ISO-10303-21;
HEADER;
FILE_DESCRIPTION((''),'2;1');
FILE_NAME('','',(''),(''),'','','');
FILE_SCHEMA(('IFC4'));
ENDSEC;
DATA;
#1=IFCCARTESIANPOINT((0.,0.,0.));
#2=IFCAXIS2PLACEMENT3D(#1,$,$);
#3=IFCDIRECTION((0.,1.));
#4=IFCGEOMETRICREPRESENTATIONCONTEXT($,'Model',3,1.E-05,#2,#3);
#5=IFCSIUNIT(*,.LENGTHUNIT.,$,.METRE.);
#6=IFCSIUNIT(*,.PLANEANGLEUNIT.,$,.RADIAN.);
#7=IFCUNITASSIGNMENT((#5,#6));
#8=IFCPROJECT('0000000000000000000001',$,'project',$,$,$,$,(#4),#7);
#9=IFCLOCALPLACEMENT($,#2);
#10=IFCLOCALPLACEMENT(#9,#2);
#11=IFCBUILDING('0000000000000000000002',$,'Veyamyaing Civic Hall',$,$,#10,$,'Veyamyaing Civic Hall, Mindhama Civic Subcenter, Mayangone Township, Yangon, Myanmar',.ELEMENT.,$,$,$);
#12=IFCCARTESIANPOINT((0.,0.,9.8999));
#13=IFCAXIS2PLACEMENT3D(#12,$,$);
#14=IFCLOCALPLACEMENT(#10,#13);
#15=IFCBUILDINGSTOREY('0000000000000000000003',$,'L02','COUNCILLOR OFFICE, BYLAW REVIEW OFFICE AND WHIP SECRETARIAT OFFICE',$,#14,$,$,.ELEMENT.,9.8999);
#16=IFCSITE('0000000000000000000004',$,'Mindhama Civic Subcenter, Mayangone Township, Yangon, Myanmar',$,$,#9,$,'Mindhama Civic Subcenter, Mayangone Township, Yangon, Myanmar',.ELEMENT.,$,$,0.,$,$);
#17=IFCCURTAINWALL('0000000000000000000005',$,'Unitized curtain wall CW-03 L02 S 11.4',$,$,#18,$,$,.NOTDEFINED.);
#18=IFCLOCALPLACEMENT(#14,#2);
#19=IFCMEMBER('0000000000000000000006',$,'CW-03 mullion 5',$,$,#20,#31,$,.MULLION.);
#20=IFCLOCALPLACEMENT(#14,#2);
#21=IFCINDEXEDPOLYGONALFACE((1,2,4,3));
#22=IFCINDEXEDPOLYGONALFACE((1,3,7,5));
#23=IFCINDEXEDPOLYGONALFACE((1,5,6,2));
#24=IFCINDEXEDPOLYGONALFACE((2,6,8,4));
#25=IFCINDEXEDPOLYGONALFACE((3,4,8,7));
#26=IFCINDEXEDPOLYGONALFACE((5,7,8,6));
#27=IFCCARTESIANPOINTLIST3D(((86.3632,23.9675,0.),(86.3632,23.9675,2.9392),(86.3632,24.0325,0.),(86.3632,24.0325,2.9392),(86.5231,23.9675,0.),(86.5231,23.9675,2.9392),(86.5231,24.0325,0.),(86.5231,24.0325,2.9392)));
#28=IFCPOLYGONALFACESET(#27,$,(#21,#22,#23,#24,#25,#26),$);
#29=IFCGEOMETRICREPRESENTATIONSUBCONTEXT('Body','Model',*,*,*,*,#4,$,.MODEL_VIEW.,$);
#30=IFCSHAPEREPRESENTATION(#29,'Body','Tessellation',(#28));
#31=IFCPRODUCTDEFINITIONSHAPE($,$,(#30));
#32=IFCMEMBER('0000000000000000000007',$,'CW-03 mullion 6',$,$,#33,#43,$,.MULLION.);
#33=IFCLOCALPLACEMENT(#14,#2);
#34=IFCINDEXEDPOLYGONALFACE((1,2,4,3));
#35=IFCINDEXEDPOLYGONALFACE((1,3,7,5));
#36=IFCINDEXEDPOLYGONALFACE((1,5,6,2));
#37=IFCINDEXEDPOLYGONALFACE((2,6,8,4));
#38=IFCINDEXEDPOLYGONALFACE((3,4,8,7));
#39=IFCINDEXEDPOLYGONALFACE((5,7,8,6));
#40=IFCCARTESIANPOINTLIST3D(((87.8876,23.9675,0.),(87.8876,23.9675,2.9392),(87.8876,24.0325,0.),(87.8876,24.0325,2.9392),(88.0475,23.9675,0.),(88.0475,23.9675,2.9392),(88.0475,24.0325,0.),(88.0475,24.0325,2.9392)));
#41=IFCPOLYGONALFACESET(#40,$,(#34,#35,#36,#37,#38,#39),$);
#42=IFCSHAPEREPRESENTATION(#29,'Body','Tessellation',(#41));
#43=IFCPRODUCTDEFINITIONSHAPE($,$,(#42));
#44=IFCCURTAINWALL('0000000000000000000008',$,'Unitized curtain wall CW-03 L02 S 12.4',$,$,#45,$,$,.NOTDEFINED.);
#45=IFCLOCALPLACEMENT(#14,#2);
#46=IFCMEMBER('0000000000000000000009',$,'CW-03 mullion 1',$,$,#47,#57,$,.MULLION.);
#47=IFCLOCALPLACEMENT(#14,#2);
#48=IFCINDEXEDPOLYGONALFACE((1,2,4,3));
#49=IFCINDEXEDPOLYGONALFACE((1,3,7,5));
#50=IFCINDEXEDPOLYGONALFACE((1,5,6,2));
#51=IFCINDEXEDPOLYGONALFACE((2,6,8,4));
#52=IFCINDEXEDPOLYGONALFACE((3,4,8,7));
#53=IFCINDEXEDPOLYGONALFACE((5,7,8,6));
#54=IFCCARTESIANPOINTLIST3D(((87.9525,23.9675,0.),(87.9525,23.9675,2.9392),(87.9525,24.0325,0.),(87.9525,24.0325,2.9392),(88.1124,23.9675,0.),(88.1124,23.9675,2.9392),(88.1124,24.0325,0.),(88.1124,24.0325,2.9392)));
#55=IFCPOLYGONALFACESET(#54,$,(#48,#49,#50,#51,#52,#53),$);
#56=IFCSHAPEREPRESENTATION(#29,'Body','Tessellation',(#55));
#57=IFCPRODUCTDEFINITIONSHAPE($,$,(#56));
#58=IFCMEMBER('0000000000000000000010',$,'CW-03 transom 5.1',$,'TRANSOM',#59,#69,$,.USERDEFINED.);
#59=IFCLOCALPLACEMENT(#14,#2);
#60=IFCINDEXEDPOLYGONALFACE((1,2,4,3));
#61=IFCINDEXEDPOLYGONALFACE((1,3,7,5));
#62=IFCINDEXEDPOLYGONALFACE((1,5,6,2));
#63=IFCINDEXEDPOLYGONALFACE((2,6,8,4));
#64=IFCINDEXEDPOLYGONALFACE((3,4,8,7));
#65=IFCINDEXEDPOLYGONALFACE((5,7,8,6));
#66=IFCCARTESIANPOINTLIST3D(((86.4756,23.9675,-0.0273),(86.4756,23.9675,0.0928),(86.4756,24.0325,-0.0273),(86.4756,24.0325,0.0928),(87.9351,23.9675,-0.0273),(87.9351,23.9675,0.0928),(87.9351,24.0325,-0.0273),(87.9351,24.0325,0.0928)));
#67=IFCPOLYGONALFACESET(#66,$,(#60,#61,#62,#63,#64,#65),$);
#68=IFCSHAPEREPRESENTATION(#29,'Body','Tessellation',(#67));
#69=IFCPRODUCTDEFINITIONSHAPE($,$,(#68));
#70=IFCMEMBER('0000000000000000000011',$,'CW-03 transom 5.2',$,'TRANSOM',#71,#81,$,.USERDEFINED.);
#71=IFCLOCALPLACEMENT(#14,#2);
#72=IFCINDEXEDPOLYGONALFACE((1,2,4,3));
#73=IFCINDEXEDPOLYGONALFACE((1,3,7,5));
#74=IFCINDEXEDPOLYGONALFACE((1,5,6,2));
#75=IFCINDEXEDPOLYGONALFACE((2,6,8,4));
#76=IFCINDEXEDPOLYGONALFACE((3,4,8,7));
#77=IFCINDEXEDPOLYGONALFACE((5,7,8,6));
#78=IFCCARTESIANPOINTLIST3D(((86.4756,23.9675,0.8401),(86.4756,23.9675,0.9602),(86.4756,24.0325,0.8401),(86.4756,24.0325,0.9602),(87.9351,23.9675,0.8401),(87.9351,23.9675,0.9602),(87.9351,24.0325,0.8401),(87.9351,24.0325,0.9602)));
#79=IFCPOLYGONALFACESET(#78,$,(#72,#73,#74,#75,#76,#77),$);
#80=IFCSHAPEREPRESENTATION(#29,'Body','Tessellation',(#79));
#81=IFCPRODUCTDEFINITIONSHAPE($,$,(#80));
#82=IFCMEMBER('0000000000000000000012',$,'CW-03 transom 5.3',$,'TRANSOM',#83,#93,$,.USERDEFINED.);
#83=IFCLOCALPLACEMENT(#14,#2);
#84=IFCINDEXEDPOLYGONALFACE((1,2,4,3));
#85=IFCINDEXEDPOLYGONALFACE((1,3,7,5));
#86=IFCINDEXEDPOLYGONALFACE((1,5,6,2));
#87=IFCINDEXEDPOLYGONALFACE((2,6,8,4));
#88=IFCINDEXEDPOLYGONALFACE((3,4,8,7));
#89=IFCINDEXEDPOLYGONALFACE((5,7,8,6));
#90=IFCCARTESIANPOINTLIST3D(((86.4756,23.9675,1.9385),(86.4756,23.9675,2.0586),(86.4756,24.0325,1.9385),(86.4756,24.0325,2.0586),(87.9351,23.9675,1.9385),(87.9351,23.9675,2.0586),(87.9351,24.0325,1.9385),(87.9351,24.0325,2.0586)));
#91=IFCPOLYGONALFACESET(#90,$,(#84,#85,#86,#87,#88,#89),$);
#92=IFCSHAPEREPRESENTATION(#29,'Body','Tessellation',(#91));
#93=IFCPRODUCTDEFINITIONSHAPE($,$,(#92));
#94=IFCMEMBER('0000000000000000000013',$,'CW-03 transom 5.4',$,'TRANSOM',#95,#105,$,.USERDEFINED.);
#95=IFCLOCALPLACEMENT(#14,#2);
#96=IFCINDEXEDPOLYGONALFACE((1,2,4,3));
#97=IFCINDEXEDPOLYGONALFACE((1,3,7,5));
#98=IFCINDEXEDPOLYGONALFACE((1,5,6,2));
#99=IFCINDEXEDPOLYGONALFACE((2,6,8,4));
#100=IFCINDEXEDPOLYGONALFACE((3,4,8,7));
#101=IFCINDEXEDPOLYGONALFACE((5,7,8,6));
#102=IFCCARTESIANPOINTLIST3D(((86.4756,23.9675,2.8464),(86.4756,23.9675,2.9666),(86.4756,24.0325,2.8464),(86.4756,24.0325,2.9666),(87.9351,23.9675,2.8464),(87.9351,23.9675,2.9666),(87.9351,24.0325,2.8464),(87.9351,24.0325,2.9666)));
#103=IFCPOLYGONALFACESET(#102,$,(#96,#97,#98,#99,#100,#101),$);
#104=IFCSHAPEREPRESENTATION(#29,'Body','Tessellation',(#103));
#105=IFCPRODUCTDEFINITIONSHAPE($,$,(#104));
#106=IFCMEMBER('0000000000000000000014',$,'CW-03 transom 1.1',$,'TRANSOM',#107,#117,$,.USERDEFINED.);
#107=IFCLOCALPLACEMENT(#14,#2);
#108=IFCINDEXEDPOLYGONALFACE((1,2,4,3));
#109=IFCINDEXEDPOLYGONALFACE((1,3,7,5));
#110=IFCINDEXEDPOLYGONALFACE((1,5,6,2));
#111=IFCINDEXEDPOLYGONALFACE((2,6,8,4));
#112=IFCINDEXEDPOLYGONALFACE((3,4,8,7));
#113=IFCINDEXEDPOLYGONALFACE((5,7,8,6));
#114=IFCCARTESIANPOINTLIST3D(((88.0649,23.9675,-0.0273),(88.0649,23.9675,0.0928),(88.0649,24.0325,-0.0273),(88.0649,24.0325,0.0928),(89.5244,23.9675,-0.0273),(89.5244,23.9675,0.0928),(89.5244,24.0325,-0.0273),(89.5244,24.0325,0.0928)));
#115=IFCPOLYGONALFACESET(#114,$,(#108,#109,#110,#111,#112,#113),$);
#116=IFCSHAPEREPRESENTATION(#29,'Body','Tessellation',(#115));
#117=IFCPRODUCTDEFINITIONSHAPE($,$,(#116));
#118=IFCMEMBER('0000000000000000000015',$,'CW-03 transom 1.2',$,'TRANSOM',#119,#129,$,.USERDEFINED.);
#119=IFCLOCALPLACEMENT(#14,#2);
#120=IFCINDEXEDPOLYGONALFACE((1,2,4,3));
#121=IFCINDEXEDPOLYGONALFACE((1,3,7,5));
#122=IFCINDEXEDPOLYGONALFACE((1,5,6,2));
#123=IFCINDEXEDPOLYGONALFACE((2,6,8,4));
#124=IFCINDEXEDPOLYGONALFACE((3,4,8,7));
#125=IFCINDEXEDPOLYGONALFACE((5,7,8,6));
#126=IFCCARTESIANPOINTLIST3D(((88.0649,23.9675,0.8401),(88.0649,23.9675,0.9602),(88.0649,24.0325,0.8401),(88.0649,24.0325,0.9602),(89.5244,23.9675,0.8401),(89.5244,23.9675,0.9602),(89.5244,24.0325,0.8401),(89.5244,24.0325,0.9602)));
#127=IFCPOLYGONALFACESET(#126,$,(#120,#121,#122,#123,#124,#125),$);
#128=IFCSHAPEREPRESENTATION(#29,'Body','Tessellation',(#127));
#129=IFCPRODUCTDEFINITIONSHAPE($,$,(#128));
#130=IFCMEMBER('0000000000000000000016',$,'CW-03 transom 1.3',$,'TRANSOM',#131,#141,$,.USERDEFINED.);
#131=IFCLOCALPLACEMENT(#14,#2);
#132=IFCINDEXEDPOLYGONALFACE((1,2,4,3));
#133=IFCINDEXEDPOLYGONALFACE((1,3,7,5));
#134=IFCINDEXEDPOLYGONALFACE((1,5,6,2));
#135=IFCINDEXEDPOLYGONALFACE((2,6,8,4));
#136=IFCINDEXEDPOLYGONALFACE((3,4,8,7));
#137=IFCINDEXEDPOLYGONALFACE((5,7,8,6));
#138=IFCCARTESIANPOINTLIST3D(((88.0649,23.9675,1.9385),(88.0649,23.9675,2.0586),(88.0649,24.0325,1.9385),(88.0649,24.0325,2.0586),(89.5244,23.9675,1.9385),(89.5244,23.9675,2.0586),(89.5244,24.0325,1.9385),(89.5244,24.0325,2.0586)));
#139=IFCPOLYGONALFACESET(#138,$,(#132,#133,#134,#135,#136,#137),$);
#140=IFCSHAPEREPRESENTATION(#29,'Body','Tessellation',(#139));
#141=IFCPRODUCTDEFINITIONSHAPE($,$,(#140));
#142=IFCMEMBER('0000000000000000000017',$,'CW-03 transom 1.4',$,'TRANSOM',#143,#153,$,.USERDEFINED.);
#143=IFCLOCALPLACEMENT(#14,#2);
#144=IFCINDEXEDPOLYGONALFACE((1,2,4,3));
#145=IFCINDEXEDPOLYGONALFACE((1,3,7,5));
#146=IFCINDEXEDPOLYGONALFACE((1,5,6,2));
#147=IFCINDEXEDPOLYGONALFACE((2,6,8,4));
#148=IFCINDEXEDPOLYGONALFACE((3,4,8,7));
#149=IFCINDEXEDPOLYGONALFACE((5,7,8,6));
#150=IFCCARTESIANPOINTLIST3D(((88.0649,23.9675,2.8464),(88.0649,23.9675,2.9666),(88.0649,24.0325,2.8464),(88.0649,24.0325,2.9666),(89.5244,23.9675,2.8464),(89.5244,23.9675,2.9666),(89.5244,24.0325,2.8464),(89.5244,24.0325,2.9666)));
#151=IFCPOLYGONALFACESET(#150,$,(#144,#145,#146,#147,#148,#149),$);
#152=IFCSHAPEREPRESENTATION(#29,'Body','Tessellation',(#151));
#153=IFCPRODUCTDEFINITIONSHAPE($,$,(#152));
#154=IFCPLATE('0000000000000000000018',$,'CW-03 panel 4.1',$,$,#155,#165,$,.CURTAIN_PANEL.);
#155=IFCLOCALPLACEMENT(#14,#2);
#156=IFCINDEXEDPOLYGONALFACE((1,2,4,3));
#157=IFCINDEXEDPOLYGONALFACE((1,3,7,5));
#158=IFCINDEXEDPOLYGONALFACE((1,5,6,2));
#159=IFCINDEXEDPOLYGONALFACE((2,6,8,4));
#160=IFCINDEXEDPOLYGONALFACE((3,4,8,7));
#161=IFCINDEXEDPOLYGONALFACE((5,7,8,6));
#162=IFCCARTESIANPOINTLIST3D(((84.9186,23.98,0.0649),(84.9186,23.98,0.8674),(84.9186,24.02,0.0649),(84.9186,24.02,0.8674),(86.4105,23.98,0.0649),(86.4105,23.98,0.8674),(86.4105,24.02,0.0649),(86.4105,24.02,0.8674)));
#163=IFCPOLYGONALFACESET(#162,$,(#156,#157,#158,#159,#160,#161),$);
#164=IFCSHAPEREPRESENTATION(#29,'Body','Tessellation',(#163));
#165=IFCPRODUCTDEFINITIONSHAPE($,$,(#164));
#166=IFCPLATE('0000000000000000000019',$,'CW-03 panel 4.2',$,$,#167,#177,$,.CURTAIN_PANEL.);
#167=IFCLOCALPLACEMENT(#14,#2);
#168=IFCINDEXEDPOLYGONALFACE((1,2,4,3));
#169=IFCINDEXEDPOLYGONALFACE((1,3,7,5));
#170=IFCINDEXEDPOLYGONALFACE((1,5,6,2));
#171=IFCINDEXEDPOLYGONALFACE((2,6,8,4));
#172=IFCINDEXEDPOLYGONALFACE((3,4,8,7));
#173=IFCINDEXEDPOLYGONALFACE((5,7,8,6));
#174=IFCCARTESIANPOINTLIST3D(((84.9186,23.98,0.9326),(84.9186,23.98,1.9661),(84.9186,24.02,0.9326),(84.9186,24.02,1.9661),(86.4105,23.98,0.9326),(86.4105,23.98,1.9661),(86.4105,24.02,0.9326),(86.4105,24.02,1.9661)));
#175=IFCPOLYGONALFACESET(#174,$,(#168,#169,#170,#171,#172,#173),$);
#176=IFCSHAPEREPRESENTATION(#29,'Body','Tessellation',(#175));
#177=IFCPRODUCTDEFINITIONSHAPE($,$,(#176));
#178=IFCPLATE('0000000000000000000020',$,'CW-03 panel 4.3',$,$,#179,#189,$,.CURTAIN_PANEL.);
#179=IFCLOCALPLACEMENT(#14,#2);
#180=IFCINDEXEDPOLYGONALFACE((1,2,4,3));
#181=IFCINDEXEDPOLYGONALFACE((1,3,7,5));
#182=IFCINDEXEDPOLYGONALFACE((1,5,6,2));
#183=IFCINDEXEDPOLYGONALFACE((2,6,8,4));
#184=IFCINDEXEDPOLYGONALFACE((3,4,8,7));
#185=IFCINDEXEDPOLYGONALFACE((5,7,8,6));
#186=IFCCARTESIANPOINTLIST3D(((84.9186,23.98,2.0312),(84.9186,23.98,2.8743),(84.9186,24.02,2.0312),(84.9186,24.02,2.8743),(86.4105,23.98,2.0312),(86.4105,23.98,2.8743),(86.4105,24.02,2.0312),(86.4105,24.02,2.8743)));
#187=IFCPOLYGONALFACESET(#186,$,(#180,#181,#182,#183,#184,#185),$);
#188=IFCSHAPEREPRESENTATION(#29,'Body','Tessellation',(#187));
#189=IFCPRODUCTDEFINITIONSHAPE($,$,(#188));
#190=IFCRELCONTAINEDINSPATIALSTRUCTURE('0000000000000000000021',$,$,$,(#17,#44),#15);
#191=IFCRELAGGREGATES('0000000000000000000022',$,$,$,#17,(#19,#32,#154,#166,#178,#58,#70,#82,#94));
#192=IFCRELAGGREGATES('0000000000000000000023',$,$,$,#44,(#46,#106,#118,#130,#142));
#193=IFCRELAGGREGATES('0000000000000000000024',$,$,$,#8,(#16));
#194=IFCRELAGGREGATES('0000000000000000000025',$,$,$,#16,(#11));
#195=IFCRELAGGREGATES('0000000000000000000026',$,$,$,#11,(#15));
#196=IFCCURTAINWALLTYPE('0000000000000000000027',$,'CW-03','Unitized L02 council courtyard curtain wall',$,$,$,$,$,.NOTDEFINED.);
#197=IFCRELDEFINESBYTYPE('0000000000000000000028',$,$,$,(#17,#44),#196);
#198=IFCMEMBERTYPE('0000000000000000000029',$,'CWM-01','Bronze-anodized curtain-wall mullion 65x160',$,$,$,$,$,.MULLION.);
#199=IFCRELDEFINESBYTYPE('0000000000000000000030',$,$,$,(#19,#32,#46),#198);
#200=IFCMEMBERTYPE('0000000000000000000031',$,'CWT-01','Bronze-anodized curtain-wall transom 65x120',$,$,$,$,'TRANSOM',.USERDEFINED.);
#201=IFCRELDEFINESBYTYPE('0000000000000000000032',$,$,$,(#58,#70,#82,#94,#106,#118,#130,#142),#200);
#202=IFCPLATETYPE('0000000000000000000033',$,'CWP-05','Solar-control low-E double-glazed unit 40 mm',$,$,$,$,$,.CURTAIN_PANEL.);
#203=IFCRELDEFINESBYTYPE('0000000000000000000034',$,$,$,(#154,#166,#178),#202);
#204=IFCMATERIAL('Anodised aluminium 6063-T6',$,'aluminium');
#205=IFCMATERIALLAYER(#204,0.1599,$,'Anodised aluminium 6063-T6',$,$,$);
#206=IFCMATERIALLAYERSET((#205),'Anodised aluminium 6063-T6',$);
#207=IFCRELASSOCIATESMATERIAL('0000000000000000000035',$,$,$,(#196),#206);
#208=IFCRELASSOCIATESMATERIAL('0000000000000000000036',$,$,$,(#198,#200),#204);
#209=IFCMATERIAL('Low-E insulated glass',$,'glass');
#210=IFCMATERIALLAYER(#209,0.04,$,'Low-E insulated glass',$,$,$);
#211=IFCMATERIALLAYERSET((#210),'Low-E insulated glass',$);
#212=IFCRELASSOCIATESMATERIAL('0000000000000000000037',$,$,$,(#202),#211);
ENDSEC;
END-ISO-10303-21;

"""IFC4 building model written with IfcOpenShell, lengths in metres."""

from ifc_helpers import new_model, si_unit, direction, frame, origin, origin_2d, place, context, subcontext, project, spatial, rectangle, extrude, material, layer, layer_set, material_profile, profile_set, type_object, element, aggregate, save


model = new_model("IFC4")

# Units and contexts
model_context = context("Model", 3, precision=1e-05, world=origin(), true_north=direction((0.0, 1.0)))
body_context = subcontext(model_context, "Body", "Model", "MODEL_VIEW")
ifc_project = project(units=[si_unit("LENGTHUNIT", "METRE"), si_unit("PLANEANGLEUNIT", "RADIAN")], contexts=[model_context])

# Site, building, storey
site_placement = place(None, origin())
site = spatial("IfcSite", under=ifc_project, at=site_placement, Name="Mindhama Civic Subcenter, Mayangone Township, Yangon, Myanmar", LongName="Mindhama Civic Subcenter, Mayangone Township, Yangon, Myanmar", CompositionType="ELEMENT", RefElevation=0.0)
building_placement = place(site_placement, origin())
building = spatial("IfcBuilding", under=site, at=building_placement, Name="Veyamyaing Civic Hall", LongName="Veyamyaing Civic Hall, Mindhama Civic Subcenter, Mayangone Township, Yangon, Myanmar", CompositionType="ELEMENT")
storey_placement = place(building_placement, frame((0.0, 0.0, 9.8999)))
storey = spatial("IfcBuildingStorey", under=building, at=storey_placement, Name="L02", Description="COUNCILLOR OFFICE, BYLAW REVIEW OFFICE AND WHIP SECRETARIAT OFFICE", CompositionType="ELEMENT", Elevation=9.8999)

# Curtain wall, members
ifc_material_1 = material(Name="Anodised aluminium 6063-T6", Category="aluminium")
ifc_layer_1 = layer(ifc_material_1, 0.1599, Name="Anodised aluminium 6063-T6")
ifc_layer_set_1 = layer_set([ifc_layer_1], Name="Anodised aluminium 6063-T6")
curtain_wall_type = type_object("IfcCurtainWallType", Name="CW-03", Description="Unitized L02 council courtyard curtain wall", PredefinedType="NOTDEFINED", material=ifc_layer_set_1)
curtain_wall_1_placement = place(storey_placement, origin())
curtain_wall_1 = element("IfcCurtainWall", 1, at=curtain_wall_1_placement, inside=storey, type_object=curtain_wall_type, Name="Unitized curtain wall CW-03 L02 S 11.4", PredefinedType="NOTDEFINED")
ifc_material_profile_1 = material_profile(ifc_material_1, rectangle(XDim=0.0649, YDim=0.1599, at=origin_2d()), Name="ALU-MUL-65X160")
ifc_profile_set_1 = profile_set([ifc_material_profile_1], Name="Anodised aluminium 6063-T6")
member_type_1 = type_object("IfcMemberType", Name="CWM-01", Description="Bronze-anodized curtain-wall mullion 65x160", PredefinedType="MULLION", material=ifc_profile_set_1)
member_1_placement = place(storey_placement, frame((86.4431, 24.0, 0.0), z_axis=(0.0, 0.0, 1.0), x_axis=(0.0, 1.0, 0.0)))
member_1 = element("IfcMember", 2, at=member_1_placement, type_object=member_type_1, Name="CW-03 mullion 5", PredefinedType="MULLION", context=body_context, shape_type="SweptSolid", body=[
    extrude(rectangle(XDim=0.0649, YDim=0.1599, at=origin_2d()), origin(), (0.0, 0.0, 1.0), 2.9392),
])
member_2_placement = place(storey_placement, frame((87.9675, 24.0, 0.0), z_axis=(0.0, 0.0, 1.0), x_axis=(0.0, 1.0, 0.0)))
member_2 = element("IfcMember", 3, at=member_2_placement, type_object=member_type_1, Name="CW-03 mullion 6", PredefinedType="MULLION", context=body_context, shape_type="SweptSolid", body=[
    extrude(rectangle(XDim=0.0649, YDim=0.1599, at=origin_2d()), origin(), (0.0, 0.0, 1.0), 2.9392),
])

# Curtain wall, member
curtain_wall_2_placement = place(storey_placement, origin())
curtain_wall_2 = element("IfcCurtainWall", 4, at=curtain_wall_2_placement, inside=storey, type_object=curtain_wall_type, Name="Unitized curtain wall CW-03 L02 S 12.4", PredefinedType="NOTDEFINED")
member_3_placement = place(storey_placement, frame((88.0325, 24.0, 0.0), z_axis=(0.0, 0.0, 1.0), x_axis=(0.0, 1.0, 0.0)))
member_3 = element("IfcMember", 5, at=member_3_placement, type_object=member_type_1, Name="CW-03 mullion 1", PredefinedType="MULLION", context=body_context, shape_type="SweptSolid", body=[
    extrude(rectangle(XDim=0.0649, YDim=0.1599, at=origin_2d()), origin(), (0.0, 0.0, 1.0), 2.9392),
])

# Members
ifc_material_profile_2 = material_profile(ifc_material_1, rectangle(XDim=0.0649, YDim=0.1201, at=origin_2d()), Name="ALU-TRN-65X120")
ifc_profile_set_2 = profile_set([ifc_material_profile_2], Name="Anodised aluminium 6063-T6")
member_type_2 = type_object("IfcMemberType", Name="CWT-01", Description="Bronze-anodized curtain-wall transom 65x120", ElementType="TRANSOM", PredefinedType="USERDEFINED", material=ifc_profile_set_2)
member_4_placement = place(storey_placement, frame((86.4756, 24.0, 0.0327), z_axis=(1.0, 0.0, 0.0), x_axis=(0.0, 1.0, 0.0)))
member_4 = element("IfcMember", 6, at=member_4_placement, type_object=member_type_2, Name="CW-03 transom 5.1", ObjectType="TRANSOM", PredefinedType="USERDEFINED", context=body_context, shape_type="SweptSolid", body=[
    extrude(rectangle(XDim=0.0649, YDim=0.1201, at=origin_2d()), origin(), (0.0, 0.0, 1.0), 1.4595),
])
member_5_placement = place(storey_placement, frame((86.4756, 24.0, 0.9001), z_axis=(1.0, 0.0, 0.0), x_axis=(0.0, 1.0, 0.0)))
member_5 = element("IfcMember", 7, at=member_5_placement, type_object=member_type_2, Name="CW-03 transom 5.2", ObjectType="TRANSOM", PredefinedType="USERDEFINED", context=body_context, shape_type="SweptSolid", body=[
    extrude(rectangle(XDim=0.0649, YDim=0.1201, at=origin_2d()), origin(), (0.0, 0.0, 1.0), 1.4595),
])
member_6_placement = place(storey_placement, frame((86.4756, 24.0, 1.9985), z_axis=(1.0, 0.0, 0.0), x_axis=(0.0, 1.0, 0.0)))
member_6 = element("IfcMember", 8, at=member_6_placement, type_object=member_type_2, Name="CW-03 transom 5.3", ObjectType="TRANSOM", PredefinedType="USERDEFINED", context=body_context, shape_type="SweptSolid", body=[
    extrude(rectangle(XDim=0.0649, YDim=0.1201, at=origin_2d()), origin(), (0.0, 0.0, 1.0), 1.4595),
])
member_7_placement = place(storey_placement, frame((86.4756, 24.0, 2.9065), z_axis=(1.0, 0.0, 0.0), x_axis=(0.0, 1.0, 0.0)))
member_7 = element("IfcMember", 9, at=member_7_placement, type_object=member_type_2, Name="CW-03 transom 5.4", ObjectType="TRANSOM", PredefinedType="USERDEFINED", context=body_context, shape_type="SweptSolid", body=[
    extrude(rectangle(XDim=0.0649, YDim=0.1201, at=origin_2d()), origin(), (0.0, 0.0, 1.0), 1.4595),
])
member_8_placement = place(storey_placement, frame((88.0649, 24.0, 0.0327), z_axis=(1.0, 0.0, 0.0), x_axis=(0.0, 1.0, 0.0)))
member_8 = element("IfcMember", 10, at=member_8_placement, type_object=member_type_2, Name="CW-03 transom 1.1", ObjectType="TRANSOM", PredefinedType="USERDEFINED", context=body_context, shape_type="SweptSolid", body=[
    extrude(rectangle(XDim=0.0649, YDim=0.1201, at=origin_2d()), origin(), (0.0, 0.0, 1.0), 1.4595),
])
member_9_placement = place(storey_placement, frame((88.0649, 24.0, 0.9001), z_axis=(1.0, 0.0, 0.0), x_axis=(0.0, 1.0, 0.0)))
member_9 = element("IfcMember", 11, at=member_9_placement, type_object=member_type_2, Name="CW-03 transom 1.2", ObjectType="TRANSOM", PredefinedType="USERDEFINED", context=body_context, shape_type="SweptSolid", body=[
    extrude(rectangle(XDim=0.0649, YDim=0.1201, at=origin_2d()), origin(), (0.0, 0.0, 1.0), 1.4595),
])
member_10_placement = place(storey_placement, frame((88.0649, 24.0, 1.9985), z_axis=(1.0, 0.0, 0.0), x_axis=(0.0, 1.0, 0.0)))
member_10 = element("IfcMember", 12, at=member_10_placement, type_object=member_type_2, Name="CW-03 transom 1.3", ObjectType="TRANSOM", PredefinedType="USERDEFINED", context=body_context, shape_type="SweptSolid", body=[
    extrude(rectangle(XDim=0.0649, YDim=0.1201, at=origin_2d()), origin(), (0.0, 0.0, 1.0), 1.4595),
])
member_11_placement = place(storey_placement, frame((88.0649, 24.0, 2.9065), z_axis=(1.0, 0.0, 0.0), x_axis=(0.0, 1.0, 0.0)))
member_11 = element("IfcMember", 13, at=member_11_placement, type_object=member_type_2, Name="CW-03 transom 1.4", ObjectType="TRANSOM", PredefinedType="USERDEFINED", context=body_context, shape_type="SweptSolid", body=[
    extrude(rectangle(XDim=0.0649, YDim=0.1201, at=origin_2d()), origin(), (0.0, 0.0, 1.0), 1.4595),
])

# Plates
ifc_material_2 = material(Name="Low-E insulated glass", Category="glass")
ifc_layer_2 = layer(ifc_material_2, 0.04, Name="Low-E insulated glass")
ifc_layer_set_2 = layer_set([ifc_layer_2], Name="Low-E insulated glass")
plate_type_1 = type_object("IfcPlateType", Name="CWP-05", Description="Solar-control low-E double-glazed unit 40 mm", PredefinedType="CURTAIN_PANEL", material=ifc_layer_set_2)
plate_1_placement = place(storey_placement, frame((85.6646, 24.0, 0.0649), z_axis=(0.0, 0.0, 1.0), x_axis=(1.0, 0.0, 0.0)))
plate_1 = element("IfcPlate", 14, at=plate_1_placement, type_object=plate_type_1, Name="CW-03 panel 4.1", PredefinedType="CURTAIN_PANEL", context=body_context, shape_type="SweptSolid", body=[
    extrude(rectangle(XDim=1.4919, YDim=0.04, at=origin_2d()), origin(), (0.0, 0.0, 1.0), 0.8025),
])
plate_2_placement = place(storey_placement, frame((85.6646, 24.0, 0.9326), z_axis=(0.0, 0.0, 1.0), x_axis=(1.0, 0.0, 0.0)))
plate_2 = element("IfcPlate", 15, at=plate_2_placement, type_object=plate_type_1, Name="CW-03 panel 4.2", PredefinedType="CURTAIN_PANEL", context=body_context, shape_type="SweptSolid", body=[
    extrude(rectangle(XDim=1.4919, YDim=0.04, at=origin_2d()), origin(), (0.0, 0.0, 1.0), 1.0334),
])
plate_3_placement = place(storey_placement, frame((85.6646, 24.0, 2.0312), z_axis=(0.0, 0.0, 1.0), x_axis=(1.0, 0.0, 0.0)))
plate_3 = element("IfcPlate", 16, at=plate_3_placement, type_object=plate_type_1, Name="CW-03 panel 4.3", PredefinedType="CURTAIN_PANEL", context=body_context, shape_type="SweptSolid", body=[
    extrude(rectangle(XDim=1.4919, YDim=0.04, at=origin_2d()), origin(), (0.0, 0.0, 1.0), 0.843),
])
aggregate(curtain_wall_1, [member_1, member_2, plate_1, plate_2, plate_3, member_4, member_5, member_6, member_7])
aggregate(curtain_wall_2, [member_3, member_8, member_9, member_10, member_11])

save(model, "model.ifc")
